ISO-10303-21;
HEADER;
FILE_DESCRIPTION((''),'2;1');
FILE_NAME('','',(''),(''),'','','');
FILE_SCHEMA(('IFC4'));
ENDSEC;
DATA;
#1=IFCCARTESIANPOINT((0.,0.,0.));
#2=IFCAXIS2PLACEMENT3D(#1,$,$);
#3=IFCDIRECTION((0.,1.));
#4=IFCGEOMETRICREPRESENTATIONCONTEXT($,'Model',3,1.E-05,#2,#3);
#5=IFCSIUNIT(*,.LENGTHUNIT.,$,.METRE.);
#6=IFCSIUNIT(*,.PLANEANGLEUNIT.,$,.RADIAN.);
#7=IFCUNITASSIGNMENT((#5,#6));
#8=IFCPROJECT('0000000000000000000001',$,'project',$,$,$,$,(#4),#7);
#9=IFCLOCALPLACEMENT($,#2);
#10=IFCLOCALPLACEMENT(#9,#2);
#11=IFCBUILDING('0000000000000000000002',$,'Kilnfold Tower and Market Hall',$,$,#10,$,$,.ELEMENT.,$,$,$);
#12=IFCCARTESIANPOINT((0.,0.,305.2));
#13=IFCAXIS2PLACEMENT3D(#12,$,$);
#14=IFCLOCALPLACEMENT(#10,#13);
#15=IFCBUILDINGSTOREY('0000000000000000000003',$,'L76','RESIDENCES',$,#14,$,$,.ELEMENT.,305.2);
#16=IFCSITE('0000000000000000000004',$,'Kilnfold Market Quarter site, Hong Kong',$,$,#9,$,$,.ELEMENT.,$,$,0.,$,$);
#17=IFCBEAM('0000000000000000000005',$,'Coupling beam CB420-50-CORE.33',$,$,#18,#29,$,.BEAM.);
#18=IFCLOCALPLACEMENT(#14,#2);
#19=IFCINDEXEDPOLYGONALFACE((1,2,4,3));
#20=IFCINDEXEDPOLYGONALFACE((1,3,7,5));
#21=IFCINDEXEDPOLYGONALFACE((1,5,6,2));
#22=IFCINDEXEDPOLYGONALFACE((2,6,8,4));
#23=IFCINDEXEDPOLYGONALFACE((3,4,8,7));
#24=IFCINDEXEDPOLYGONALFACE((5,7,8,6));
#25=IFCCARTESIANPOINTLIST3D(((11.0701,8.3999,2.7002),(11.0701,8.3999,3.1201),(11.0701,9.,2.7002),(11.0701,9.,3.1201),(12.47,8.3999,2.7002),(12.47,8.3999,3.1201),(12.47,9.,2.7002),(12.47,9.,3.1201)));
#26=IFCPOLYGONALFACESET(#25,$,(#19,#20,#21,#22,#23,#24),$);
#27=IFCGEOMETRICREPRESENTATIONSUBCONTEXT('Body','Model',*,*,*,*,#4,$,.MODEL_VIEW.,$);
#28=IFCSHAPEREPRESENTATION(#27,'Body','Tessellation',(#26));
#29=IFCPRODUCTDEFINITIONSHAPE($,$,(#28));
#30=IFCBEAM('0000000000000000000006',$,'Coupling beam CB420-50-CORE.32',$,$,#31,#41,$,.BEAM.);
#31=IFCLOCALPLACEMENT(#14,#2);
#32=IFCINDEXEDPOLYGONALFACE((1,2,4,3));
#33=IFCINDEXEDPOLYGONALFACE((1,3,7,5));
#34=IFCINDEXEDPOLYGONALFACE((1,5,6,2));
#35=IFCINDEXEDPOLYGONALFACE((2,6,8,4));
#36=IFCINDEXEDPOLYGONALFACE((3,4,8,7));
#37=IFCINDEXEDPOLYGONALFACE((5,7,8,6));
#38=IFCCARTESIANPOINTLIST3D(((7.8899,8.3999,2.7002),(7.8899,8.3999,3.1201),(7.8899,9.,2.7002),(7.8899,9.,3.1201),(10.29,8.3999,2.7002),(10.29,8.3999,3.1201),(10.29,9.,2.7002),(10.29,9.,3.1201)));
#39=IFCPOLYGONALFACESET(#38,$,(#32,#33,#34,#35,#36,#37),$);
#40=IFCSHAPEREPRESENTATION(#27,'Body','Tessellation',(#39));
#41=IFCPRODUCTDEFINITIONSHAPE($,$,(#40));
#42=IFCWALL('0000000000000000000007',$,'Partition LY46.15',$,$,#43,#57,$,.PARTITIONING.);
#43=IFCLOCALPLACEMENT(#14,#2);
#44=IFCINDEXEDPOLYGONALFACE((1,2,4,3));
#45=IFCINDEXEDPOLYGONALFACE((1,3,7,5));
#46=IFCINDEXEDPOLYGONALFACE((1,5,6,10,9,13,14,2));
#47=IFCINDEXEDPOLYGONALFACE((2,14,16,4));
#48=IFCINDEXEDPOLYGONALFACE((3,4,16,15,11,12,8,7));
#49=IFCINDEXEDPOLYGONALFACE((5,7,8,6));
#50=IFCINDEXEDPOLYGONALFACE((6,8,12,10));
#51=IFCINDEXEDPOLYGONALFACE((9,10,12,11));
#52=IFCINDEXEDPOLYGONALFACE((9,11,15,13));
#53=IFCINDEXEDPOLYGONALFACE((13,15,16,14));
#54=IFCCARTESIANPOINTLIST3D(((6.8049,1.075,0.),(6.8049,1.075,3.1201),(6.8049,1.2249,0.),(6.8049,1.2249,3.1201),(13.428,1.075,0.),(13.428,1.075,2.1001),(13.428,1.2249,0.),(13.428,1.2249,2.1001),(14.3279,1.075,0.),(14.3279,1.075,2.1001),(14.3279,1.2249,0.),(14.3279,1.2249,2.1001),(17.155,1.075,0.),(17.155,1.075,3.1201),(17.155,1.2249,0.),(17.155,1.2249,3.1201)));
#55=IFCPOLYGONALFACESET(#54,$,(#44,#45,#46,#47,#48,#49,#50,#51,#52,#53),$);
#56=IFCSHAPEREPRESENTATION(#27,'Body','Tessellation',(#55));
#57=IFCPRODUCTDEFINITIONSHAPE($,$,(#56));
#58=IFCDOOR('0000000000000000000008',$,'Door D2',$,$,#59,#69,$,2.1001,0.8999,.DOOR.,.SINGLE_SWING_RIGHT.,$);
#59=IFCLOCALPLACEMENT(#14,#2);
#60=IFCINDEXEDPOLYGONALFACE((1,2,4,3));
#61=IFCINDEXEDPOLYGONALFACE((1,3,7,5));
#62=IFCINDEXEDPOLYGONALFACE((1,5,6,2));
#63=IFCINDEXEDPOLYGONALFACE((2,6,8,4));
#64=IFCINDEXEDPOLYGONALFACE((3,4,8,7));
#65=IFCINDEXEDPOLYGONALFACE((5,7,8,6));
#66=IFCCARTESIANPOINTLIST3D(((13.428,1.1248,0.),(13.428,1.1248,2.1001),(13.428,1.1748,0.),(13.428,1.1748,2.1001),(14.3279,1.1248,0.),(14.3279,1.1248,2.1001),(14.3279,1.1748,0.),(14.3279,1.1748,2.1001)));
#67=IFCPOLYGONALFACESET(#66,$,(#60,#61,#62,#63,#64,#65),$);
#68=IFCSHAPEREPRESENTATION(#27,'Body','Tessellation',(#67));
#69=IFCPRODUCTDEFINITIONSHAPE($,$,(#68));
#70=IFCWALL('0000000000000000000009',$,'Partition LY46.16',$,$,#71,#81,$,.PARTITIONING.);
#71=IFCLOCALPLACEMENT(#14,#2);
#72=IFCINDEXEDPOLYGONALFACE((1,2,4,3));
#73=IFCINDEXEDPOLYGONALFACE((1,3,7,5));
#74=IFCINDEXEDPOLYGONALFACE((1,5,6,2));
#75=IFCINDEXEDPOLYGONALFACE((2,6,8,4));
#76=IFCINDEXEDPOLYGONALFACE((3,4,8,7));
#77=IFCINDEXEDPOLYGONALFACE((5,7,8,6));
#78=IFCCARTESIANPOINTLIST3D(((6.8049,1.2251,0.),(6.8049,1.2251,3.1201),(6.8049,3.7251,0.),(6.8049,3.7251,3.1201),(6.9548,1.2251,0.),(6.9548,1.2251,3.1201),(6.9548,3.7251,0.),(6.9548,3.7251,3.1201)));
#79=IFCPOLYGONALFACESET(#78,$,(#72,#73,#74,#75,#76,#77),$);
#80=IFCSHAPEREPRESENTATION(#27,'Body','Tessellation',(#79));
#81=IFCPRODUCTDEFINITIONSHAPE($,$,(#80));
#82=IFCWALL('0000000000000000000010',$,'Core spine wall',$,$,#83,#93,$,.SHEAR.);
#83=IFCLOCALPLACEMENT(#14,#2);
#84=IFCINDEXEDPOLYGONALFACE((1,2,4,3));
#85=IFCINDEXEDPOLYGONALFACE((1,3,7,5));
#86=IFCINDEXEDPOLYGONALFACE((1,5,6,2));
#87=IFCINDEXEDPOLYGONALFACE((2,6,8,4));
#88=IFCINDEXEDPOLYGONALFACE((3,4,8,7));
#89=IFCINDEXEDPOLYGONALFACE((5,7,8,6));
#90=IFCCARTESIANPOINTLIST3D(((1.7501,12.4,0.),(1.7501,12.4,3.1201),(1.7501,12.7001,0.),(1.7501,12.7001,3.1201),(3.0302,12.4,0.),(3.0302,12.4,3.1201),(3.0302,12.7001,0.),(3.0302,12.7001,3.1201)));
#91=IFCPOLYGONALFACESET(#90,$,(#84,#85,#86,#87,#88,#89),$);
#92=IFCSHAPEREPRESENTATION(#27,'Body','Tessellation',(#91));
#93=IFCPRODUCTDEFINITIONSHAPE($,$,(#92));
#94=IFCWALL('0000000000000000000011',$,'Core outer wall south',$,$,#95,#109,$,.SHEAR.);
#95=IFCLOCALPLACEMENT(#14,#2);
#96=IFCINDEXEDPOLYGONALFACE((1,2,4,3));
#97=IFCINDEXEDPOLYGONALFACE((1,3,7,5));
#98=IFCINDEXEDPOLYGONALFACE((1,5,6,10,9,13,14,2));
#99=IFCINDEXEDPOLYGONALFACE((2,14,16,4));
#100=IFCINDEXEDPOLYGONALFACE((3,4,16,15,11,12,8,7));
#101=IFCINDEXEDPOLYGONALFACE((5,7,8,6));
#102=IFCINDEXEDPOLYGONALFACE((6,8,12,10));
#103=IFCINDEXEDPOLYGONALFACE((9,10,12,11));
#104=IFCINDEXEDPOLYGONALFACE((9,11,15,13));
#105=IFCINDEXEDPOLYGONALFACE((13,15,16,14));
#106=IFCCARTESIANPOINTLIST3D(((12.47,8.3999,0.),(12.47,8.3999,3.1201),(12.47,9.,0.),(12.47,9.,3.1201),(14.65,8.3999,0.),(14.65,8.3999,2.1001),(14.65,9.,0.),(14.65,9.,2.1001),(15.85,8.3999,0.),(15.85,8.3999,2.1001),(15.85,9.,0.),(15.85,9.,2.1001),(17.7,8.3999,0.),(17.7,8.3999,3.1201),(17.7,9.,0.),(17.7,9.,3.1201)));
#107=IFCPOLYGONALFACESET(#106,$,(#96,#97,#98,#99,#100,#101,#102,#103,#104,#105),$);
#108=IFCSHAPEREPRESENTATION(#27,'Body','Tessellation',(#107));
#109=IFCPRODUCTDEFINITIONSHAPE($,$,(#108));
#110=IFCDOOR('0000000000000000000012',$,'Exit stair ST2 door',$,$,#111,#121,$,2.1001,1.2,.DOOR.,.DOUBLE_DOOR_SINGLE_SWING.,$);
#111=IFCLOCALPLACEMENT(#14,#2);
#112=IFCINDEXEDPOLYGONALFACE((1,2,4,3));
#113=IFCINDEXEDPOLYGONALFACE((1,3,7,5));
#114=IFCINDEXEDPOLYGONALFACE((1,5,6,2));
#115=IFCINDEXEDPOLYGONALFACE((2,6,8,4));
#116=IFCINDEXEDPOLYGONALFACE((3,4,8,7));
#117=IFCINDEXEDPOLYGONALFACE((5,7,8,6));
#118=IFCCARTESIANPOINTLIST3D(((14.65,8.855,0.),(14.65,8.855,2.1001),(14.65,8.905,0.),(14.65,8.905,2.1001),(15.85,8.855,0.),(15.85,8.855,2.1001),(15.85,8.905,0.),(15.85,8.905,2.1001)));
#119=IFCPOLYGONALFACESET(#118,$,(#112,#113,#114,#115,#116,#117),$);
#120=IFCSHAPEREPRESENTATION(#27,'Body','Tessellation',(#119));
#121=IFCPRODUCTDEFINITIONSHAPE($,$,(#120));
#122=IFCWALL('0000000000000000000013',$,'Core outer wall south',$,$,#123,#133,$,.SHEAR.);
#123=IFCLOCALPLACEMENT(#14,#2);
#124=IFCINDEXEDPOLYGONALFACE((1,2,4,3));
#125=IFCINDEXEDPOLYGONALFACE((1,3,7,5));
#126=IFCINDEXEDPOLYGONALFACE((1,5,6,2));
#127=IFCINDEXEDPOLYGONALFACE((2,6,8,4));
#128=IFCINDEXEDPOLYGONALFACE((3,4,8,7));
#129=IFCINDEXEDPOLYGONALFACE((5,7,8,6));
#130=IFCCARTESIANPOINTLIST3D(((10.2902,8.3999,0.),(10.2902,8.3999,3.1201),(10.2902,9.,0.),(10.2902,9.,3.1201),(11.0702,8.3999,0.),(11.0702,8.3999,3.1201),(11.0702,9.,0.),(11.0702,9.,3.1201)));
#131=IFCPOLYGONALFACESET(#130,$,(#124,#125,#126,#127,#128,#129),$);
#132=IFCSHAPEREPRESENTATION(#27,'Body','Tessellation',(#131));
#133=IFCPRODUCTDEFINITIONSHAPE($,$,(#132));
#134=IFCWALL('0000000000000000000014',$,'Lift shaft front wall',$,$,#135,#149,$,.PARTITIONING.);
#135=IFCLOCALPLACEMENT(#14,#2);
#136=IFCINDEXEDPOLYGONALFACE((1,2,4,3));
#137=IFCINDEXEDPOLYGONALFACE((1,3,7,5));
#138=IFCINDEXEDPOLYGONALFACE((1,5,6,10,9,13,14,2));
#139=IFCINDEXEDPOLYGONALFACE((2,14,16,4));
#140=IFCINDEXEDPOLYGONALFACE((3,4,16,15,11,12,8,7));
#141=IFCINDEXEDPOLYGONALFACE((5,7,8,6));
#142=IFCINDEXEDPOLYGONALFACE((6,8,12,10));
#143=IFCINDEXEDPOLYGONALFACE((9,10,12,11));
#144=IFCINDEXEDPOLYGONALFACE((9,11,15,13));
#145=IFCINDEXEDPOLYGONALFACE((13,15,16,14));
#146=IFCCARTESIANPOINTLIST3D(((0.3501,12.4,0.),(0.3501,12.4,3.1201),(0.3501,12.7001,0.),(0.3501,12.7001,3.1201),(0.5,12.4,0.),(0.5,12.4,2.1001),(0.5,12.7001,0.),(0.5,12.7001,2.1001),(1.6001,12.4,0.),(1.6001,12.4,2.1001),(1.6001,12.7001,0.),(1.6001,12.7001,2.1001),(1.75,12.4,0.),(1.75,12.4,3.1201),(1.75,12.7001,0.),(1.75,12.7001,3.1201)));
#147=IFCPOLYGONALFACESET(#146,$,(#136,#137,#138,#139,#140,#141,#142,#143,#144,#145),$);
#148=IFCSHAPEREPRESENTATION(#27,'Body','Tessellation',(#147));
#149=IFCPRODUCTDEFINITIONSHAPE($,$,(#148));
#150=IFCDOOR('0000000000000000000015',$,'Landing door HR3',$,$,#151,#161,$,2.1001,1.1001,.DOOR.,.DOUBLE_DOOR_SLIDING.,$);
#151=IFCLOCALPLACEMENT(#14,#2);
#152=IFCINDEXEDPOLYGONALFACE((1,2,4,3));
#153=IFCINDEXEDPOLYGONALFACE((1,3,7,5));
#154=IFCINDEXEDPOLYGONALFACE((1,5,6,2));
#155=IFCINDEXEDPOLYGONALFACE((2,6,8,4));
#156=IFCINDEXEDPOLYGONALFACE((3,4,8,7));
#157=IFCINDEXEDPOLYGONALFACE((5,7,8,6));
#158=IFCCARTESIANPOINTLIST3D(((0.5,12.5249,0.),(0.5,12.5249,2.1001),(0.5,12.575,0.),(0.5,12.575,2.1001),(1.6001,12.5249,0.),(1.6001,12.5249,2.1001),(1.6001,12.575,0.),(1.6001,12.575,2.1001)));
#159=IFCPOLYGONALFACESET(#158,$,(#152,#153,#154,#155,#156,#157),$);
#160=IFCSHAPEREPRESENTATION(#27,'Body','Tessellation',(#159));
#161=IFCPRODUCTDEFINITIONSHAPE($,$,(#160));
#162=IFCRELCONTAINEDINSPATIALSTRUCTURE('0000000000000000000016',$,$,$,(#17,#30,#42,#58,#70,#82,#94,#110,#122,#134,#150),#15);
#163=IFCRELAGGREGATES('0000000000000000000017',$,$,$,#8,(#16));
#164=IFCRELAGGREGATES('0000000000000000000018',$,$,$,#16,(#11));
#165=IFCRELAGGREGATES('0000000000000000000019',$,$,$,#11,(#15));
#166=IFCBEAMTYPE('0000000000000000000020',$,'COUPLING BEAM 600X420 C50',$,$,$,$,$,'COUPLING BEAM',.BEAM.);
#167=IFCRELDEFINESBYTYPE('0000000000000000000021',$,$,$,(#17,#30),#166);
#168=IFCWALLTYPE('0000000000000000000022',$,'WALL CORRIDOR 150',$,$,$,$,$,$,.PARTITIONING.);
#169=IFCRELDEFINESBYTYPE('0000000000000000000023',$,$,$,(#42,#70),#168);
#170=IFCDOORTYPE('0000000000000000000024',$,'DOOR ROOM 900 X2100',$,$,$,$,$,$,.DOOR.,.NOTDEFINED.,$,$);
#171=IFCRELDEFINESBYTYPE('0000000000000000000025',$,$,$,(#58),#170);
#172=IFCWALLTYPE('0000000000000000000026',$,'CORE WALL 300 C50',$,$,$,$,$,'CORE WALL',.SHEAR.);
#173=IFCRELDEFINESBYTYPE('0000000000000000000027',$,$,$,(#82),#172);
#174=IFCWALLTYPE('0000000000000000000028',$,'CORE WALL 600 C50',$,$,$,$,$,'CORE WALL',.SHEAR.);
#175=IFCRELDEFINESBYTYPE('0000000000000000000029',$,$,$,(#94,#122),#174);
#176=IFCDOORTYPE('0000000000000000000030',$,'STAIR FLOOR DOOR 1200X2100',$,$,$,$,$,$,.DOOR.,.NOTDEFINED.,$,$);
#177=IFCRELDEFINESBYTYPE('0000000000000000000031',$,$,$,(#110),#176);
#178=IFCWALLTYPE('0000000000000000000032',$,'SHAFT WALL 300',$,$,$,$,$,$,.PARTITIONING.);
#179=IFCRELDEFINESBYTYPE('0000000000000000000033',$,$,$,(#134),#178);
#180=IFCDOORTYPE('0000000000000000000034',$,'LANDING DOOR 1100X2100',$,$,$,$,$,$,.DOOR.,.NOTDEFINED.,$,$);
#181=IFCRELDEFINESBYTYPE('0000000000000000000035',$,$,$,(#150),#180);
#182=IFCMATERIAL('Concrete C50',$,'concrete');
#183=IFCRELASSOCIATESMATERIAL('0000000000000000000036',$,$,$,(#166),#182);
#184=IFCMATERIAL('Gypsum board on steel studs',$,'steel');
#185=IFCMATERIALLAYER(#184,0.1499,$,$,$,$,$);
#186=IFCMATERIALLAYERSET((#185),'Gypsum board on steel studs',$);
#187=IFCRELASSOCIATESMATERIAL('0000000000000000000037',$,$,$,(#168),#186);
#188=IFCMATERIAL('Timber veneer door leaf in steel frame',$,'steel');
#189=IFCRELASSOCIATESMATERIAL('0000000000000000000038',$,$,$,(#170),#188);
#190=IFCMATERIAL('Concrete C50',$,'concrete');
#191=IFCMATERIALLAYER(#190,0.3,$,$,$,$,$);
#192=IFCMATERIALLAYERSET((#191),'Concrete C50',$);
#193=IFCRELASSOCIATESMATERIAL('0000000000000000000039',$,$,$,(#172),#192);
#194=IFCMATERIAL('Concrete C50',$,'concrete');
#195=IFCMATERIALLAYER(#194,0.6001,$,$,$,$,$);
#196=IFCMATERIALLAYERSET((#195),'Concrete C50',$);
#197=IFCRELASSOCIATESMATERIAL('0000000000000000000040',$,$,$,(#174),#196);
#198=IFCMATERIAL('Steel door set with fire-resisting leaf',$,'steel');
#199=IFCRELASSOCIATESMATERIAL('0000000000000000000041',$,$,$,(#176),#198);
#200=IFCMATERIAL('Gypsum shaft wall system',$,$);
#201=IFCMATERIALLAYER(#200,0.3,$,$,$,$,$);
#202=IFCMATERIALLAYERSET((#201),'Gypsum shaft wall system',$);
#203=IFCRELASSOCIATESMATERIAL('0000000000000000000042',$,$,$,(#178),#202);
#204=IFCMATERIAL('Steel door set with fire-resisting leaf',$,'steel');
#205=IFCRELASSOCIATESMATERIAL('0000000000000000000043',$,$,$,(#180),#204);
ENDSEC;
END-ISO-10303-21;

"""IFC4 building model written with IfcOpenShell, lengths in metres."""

from ifc_helpers import new_model, si_unit, direction, frame, frame_2d, origin, origin_2d, place, context, subcontext, project, spatial, rectangle, extrude, source, transform, mapped, material, layer, layer_set, material_profile, profile_set, type_object, element, fill, save


model = new_model("IFC4")

# Units and contexts
model_context = context("Model", 3, precision=1e-05, world=origin(), true_north=direction((0.0, 1.0)))
body_context = subcontext(model_context, "Body", "Model", "MODEL_VIEW")
ifc_project = project(units=[si_unit("LENGTHUNIT", "METRE"), si_unit("PLANEANGLEUNIT", "RADIAN")], contexts=[model_context])

# Site, building, storey
site_placement = place(None, origin())
site = spatial("IfcSite", under=ifc_project, at=site_placement, Name="Kilnfold Market Quarter site, Hong Kong", CompositionType="ELEMENT", RefElevation=0.0)
building_placement = place(site_placement, origin())
building = spatial("IfcBuilding", under=site, at=building_placement, Name="Kilnfold Tower and Market Hall", CompositionType="ELEMENT")
storey_placement = place(building_placement, frame((0.0, 0.0, 305.2)))
storey = spatial("IfcBuildingStorey", under=building, at=storey_placement, Name="L76", Description="RESIDENCES", CompositionType="ELEMENT", Elevation=305.2)

# Beams
ifc_material_1 = material(Name="Concrete C50", Category="concrete")
ifc_material_profile = material_profile(ifc_material_1, rectangle(XDim=0.6001, YDim=0.4199, at=origin_2d()), Name="RC 600x420")
ifc_profile_set = profile_set([ifc_material_profile], Name="Concrete C50")
beam_type = type_object("IfcBeamType", Name="COUPLING BEAM 600X420 C50", ElementType="COUPLING BEAM", PredefinedType="BEAM", material=ifc_profile_set)
shared_shape_1 = source(origin(), body_context, "Body", "SweptSolid", [
    extrude(rectangle(XDim=0.6001, YDim=0.4199, at=origin_2d()), origin(), (0.0, 0.0, 1.0), 1.3999),
])
beam_1_placement = place(storey_placement, frame((11.0701, 8.7, 2.9102), z_axis=(1.0, 0.0, 0.0), x_axis=(0.0, 1.0, 0.0)))
element("IfcBeam", 1, at=beam_1_placement, inside=storey, type_object=beam_type, Name="Coupling beam CB420-50-CORE.33", PredefinedType="BEAM", context=body_context, shape_type="MappedRepresentation", body=[
    mapped(shared_shape_1, transform((0.0, 0.0, 0.0))),
])
shared_shape_2 = source(origin(), body_context, "Body", "SweptSolid", [
    extrude(rectangle(XDim=0.6001, YDim=0.4199, at=origin_2d()), origin(), (0.0, 0.0, 1.0), 2.4001),
])
beam_2_placement = place(storey_placement, frame((7.8899, 8.7, 2.9102), z_axis=(1.0, 0.0, 0.0), x_axis=(0.0, 1.0, 0.0)))
element("IfcBeam", 2, at=beam_2_placement, inside=storey, type_object=beam_type, Name="Coupling beam CB420-50-CORE.32", PredefinedType="BEAM", context=body_context, shape_type="MappedRepresentation", body=[
    mapped(shared_shape_2, transform((0.0, 0.0, 0.0))),
])

# Wall, opening, door
ifc_material_2 = material(Name="Gypsum board on steel studs", Category="steel")
ifc_layer_1 = layer(ifc_material_2, 0.1499)
ifc_layer_set_1 = layer_set([ifc_layer_1], Name="Gypsum board on steel studs")
wall_type_1 = type_object("IfcWallType", Name="WALL CORRIDOR 150", PredefinedType="PARTITIONING", material=ifc_layer_set_1)
wall_1_placement = place(storey_placement, frame((6.8049, 1.1499, 0.0), z_axis=(0.0, 0.0, 1.0), x_axis=(1.0, 0.0, 0.0)))
wall_1 = element("IfcWall", 3, at=wall_1_placement, inside=storey, type_object=wall_type_1, Name="Partition LY46.15", PredefinedType="PARTITIONING", context=body_context, shape_type="SweptSolid", body=[
    extrude(rectangle(XDim=10.3501, YDim=0.1499, at=frame_2d((5.175, 0.0))), origin(), (0.0, 0.0, 1.0), 3.1201),
])
opening_1_placement = place(wall_1_placement, frame((6.623, 0.0, 0.0)))
opening_1 = element("IfcOpeningElement", 4, at=opening_1_placement, cuts=wall_1, PredefinedType="OPENING", context=body_context, shape_type="SweptSolid", body=[
    extrude(rectangle(XDim=0.8999, YDim=2.1001, at=frame_2d((0.45, 1.05))), frame((0.0, 0.085, 0.0), z_axis=(0.0, -1.0, 0.0), x_axis=(1.0, 0.0, 0.0)), (0.0, 0.0, 1.0), 0.1699),
])
ifc_material_3 = material(Name="Timber veneer door leaf in steel frame", Category="steel")
door_type_1 = type_object("IfcDoorType", Name="DOOR ROOM 900 X2100", OperationType="NOTDEFINED", PredefinedType="DOOR", material=ifc_material_3)
door_1_placement = place(opening_1_placement, origin())
door_1 = element("IfcDoor", 5, at=door_1_placement, inside=storey, type_object=door_type_1, Name="Door D2", OperationType="SINGLE_SWING_RIGHT", OverallHeight=2.1001, OverallWidth=0.8999, PredefinedType="DOOR", context=body_context, shape_type="SweptSolid", body=[
    extrude(rectangle(XDim=0.8999, YDim=2.1001, at=frame_2d((0.45, 1.05))), frame((0.0, 0.0249, 0.0), z_axis=(0.0, -1.0, 0.0), x_axis=(1.0, 0.0, 0.0)), (0.0, 0.0, 1.0), 0.05),
])
fill(opening_1, door_1)

# Walls
wall_2_placement = place(storey_placement, frame((6.8799, 3.7251, 0.0), z_axis=(0.0, 0.0, 1.0), x_axis=(0.0, -1.0, 0.0)))
element("IfcWall", 6, at=wall_2_placement, inside=storey, type_object=wall_type_1, Name="Partition LY46.16", PredefinedType="PARTITIONING", context=body_context, shape_type="SweptSolid", body=[
    extrude(rectangle(XDim=2.5, YDim=0.1499, at=frame_2d((1.25, 0.0))), origin(), (0.0, 0.0, 1.0), 3.1201),
])
ifc_material_4 = material(Name="Concrete C50", Category="concrete")
ifc_layer_2 = layer(ifc_material_4, 0.3)
ifc_layer_set_2 = layer_set([ifc_layer_2], Name="Concrete C50")
wall_type_2 = type_object("IfcWallType", Name="CORE WALL 300 C50", ElementType="CORE WALL", PredefinedType="SHEAR", material=ifc_layer_set_2)
shared_shape_3 = source(origin(), body_context, "Body", "SweptSolid", [
    extrude(rectangle(XDim=1.28, YDim=0.3, at=frame_2d((0.6401, 0.0))), origin(), (0.0, 0.0, 1.0), 3.1201),
])
wall_3_placement = place(storey_placement, frame((1.75, 12.55, 0.0), z_axis=(0.0, 0.0, 1.0), x_axis=(1.0, 0.0, 0.0)))
element("IfcWall", 7, at=wall_3_placement, inside=storey, type_object=wall_type_2, Name="Core spine wall", PredefinedType="SHEAR", context=body_context, shape_type="MappedRepresentation", body=[
    mapped(shared_shape_3, transform((0.0, 0.0, 0.0))),
])

# Wall, opening, door
ifc_material_5 = material(Name="Concrete C50", Category="concrete")
ifc_layer_3 = layer(ifc_material_5, 0.6001)
ifc_layer_set_3 = layer_set([ifc_layer_3], Name="Concrete C50")
wall_type_3 = type_object("IfcWallType", Name="CORE WALL 600 C50", ElementType="CORE WALL", PredefinedType="SHEAR", material=ifc_layer_set_3)
shared_shape_4 = source(origin(), body_context, "Body", "SweptSolid", [
    extrude(rectangle(XDim=5.23, YDim=0.6001, at=frame_2d((2.615, 0.0))), origin(), (0.0, 0.0, 1.0), 3.1201),
])
wall_4_placement = place(storey_placement, frame((12.47, 8.7, 0.0), z_axis=(0.0, 0.0, 1.0), x_axis=(1.0, 0.0, 0.0)))
wall_4 = element("IfcWall", 8, at=wall_4_placement, inside=storey, type_object=wall_type_3, Name="Core outer wall south", PredefinedType="SHEAR", context=body_context, shape_type="MappedRepresentation", body=[
    mapped(shared_shape_4, transform((0.0, 0.0, 0.0))),
])
opening_2_placement = place(wall_4_placement, frame((2.1799, 0.0, 0.0)))
opening_2 = element("IfcOpeningElement", 9, at=opening_2_placement, cuts=wall_4, PredefinedType="OPENING", context=body_context, shape_type="SweptSolid", body=[
    extrude(rectangle(XDim=1.2, YDim=2.1001, at=frame_2d((0.6001, 1.05))), frame((0.0, 0.3101, 0.0), z_axis=(0.0, -1.0, 0.0), x_axis=(1.0, 0.0, 0.0)), (0.0, 0.0, 1.0), 0.6201),
])
ifc_material_6 = material(Name="Steel door set with fire-resisting leaf", Category="steel")
door_type_2 = type_object("IfcDoorType", Name="STAIR FLOOR DOOR 1200X2100", OperationType="NOTDEFINED", PredefinedType="DOOR", material=ifc_material_6)
door_2_placement = place(opening_2_placement, origin())
door_2 = element("IfcDoor", 10, at=door_2_placement, inside=storey, type_object=door_type_2, Name="Exit stair ST2 door", OperationType="DOUBLE_DOOR_SINGLE_SWING", OverallHeight=2.1001, OverallWidth=1.2, PredefinedType="DOOR", context=body_context, shape_type="SweptSolid", body=[
    extrude(rectangle(XDim=1.2, YDim=2.1001, at=frame_2d((0.6001, 1.05))), frame((0.0, 0.2051, 0.0), z_axis=(0.0, -1.0, 0.0), x_axis=(1.0, 0.0, 0.0)), (0.0, 0.0, 1.0), 0.05),
])
fill(opening_2, door_2)

# Wall
shared_shape_5 = source(origin(), body_context, "Body", "SweptSolid", [
    extrude(rectangle(XDim=0.78, YDim=0.6001, at=frame_2d((0.3901, 0.0))), origin(), (0.0, 0.0, 1.0), 3.1201),
])
wall_5_placement = place(storey_placement, frame((10.29, 8.7, 0.0), z_axis=(0.0, 0.0, 1.0), x_axis=(1.0, 0.0, 0.0)))
element("IfcWall", 11, at=wall_5_placement, inside=storey, type_object=wall_type_3, Name="Core outer wall south", PredefinedType="SHEAR", context=body_context, shape_type="MappedRepresentation", body=[
    mapped(shared_shape_5, transform((0.0, 0.0, 0.0))),
])

# Wall, opening, door
ifc_material_7 = material(Name="Gypsum shaft wall system")
ifc_layer_4 = layer(ifc_material_7, 0.3)
ifc_layer_set_4 = layer_set([ifc_layer_4], Name="Gypsum shaft wall system")
wall_type_4 = type_object("IfcWallType", Name="SHAFT WALL 300", PredefinedType="PARTITIONING", material=ifc_layer_set_4)
shared_shape_6 = source(origin(), body_context, "Body", "SweptSolid", [
    extrude(rectangle(XDim=1.3999, YDim=0.3, at=frame_2d((0.7, 0.0))), origin(), (0.0, 0.0, 1.0), 3.1201),
])
wall_6_placement = place(storey_placement, frame((0.3501, 12.55, 0.0), z_axis=(0.0, 0.0, 1.0), x_axis=(1.0, 0.0, 0.0)))
wall_6 = element("IfcWall", 12, at=wall_6_placement, inside=storey, type_object=wall_type_4, Name="Lift shaft front wall", PredefinedType="PARTITIONING", context=body_context, shape_type="MappedRepresentation", body=[
    mapped(shared_shape_6, transform((0.0, 0.0, 0.0))),
])
opening_3_placement = place(wall_6_placement, frame((0.1499, 0.0, 0.0)))
opening_3 = element("IfcOpeningElement", 13, at=opening_3_placement, cuts=wall_6, PredefinedType="OPENING", context=body_context, shape_type="SweptSolid", body=[
    extrude(rectangle(XDim=1.1001, YDim=2.1001, at=frame_2d((0.55, 1.05))), frame((0.0, 0.1602, 0.0), z_axis=(0.0, -1.0, 0.0), x_axis=(1.0, 0.0, 0.0)), (0.0, 0.0, 1.0), 0.3201),
])
ifc_material_8 = material(Name="Steel door set with fire-resisting leaf", Category="steel")
door_type_3 = type_object("IfcDoorType", Name="LANDING DOOR 1100X2100", OperationType="NOTDEFINED", PredefinedType="DOOR", material=ifc_material_8)
door_3_placement = place(opening_3_placement, origin())
door_3 = element("IfcDoor", 14, at=door_3_placement, inside=storey, type_object=door_type_3, Name="Landing door HR3", OperationType="DOUBLE_DOOR_SLIDING", OverallHeight=2.1001, OverallWidth=1.1001, PredefinedType="DOOR", context=body_context, shape_type="SweptSolid", body=[
    extrude(rectangle(XDim=1.1001, YDim=2.1001, at=frame_2d((0.55, 1.05))), frame((0.0, 0.0249, 0.0), z_axis=(0.0, -1.0, 0.0), x_axis=(1.0, 0.0, 0.0)), (0.0, 0.0, 1.0), 0.05),
])
fill(opening_3, door_3)

save(model, "model.ifc")
